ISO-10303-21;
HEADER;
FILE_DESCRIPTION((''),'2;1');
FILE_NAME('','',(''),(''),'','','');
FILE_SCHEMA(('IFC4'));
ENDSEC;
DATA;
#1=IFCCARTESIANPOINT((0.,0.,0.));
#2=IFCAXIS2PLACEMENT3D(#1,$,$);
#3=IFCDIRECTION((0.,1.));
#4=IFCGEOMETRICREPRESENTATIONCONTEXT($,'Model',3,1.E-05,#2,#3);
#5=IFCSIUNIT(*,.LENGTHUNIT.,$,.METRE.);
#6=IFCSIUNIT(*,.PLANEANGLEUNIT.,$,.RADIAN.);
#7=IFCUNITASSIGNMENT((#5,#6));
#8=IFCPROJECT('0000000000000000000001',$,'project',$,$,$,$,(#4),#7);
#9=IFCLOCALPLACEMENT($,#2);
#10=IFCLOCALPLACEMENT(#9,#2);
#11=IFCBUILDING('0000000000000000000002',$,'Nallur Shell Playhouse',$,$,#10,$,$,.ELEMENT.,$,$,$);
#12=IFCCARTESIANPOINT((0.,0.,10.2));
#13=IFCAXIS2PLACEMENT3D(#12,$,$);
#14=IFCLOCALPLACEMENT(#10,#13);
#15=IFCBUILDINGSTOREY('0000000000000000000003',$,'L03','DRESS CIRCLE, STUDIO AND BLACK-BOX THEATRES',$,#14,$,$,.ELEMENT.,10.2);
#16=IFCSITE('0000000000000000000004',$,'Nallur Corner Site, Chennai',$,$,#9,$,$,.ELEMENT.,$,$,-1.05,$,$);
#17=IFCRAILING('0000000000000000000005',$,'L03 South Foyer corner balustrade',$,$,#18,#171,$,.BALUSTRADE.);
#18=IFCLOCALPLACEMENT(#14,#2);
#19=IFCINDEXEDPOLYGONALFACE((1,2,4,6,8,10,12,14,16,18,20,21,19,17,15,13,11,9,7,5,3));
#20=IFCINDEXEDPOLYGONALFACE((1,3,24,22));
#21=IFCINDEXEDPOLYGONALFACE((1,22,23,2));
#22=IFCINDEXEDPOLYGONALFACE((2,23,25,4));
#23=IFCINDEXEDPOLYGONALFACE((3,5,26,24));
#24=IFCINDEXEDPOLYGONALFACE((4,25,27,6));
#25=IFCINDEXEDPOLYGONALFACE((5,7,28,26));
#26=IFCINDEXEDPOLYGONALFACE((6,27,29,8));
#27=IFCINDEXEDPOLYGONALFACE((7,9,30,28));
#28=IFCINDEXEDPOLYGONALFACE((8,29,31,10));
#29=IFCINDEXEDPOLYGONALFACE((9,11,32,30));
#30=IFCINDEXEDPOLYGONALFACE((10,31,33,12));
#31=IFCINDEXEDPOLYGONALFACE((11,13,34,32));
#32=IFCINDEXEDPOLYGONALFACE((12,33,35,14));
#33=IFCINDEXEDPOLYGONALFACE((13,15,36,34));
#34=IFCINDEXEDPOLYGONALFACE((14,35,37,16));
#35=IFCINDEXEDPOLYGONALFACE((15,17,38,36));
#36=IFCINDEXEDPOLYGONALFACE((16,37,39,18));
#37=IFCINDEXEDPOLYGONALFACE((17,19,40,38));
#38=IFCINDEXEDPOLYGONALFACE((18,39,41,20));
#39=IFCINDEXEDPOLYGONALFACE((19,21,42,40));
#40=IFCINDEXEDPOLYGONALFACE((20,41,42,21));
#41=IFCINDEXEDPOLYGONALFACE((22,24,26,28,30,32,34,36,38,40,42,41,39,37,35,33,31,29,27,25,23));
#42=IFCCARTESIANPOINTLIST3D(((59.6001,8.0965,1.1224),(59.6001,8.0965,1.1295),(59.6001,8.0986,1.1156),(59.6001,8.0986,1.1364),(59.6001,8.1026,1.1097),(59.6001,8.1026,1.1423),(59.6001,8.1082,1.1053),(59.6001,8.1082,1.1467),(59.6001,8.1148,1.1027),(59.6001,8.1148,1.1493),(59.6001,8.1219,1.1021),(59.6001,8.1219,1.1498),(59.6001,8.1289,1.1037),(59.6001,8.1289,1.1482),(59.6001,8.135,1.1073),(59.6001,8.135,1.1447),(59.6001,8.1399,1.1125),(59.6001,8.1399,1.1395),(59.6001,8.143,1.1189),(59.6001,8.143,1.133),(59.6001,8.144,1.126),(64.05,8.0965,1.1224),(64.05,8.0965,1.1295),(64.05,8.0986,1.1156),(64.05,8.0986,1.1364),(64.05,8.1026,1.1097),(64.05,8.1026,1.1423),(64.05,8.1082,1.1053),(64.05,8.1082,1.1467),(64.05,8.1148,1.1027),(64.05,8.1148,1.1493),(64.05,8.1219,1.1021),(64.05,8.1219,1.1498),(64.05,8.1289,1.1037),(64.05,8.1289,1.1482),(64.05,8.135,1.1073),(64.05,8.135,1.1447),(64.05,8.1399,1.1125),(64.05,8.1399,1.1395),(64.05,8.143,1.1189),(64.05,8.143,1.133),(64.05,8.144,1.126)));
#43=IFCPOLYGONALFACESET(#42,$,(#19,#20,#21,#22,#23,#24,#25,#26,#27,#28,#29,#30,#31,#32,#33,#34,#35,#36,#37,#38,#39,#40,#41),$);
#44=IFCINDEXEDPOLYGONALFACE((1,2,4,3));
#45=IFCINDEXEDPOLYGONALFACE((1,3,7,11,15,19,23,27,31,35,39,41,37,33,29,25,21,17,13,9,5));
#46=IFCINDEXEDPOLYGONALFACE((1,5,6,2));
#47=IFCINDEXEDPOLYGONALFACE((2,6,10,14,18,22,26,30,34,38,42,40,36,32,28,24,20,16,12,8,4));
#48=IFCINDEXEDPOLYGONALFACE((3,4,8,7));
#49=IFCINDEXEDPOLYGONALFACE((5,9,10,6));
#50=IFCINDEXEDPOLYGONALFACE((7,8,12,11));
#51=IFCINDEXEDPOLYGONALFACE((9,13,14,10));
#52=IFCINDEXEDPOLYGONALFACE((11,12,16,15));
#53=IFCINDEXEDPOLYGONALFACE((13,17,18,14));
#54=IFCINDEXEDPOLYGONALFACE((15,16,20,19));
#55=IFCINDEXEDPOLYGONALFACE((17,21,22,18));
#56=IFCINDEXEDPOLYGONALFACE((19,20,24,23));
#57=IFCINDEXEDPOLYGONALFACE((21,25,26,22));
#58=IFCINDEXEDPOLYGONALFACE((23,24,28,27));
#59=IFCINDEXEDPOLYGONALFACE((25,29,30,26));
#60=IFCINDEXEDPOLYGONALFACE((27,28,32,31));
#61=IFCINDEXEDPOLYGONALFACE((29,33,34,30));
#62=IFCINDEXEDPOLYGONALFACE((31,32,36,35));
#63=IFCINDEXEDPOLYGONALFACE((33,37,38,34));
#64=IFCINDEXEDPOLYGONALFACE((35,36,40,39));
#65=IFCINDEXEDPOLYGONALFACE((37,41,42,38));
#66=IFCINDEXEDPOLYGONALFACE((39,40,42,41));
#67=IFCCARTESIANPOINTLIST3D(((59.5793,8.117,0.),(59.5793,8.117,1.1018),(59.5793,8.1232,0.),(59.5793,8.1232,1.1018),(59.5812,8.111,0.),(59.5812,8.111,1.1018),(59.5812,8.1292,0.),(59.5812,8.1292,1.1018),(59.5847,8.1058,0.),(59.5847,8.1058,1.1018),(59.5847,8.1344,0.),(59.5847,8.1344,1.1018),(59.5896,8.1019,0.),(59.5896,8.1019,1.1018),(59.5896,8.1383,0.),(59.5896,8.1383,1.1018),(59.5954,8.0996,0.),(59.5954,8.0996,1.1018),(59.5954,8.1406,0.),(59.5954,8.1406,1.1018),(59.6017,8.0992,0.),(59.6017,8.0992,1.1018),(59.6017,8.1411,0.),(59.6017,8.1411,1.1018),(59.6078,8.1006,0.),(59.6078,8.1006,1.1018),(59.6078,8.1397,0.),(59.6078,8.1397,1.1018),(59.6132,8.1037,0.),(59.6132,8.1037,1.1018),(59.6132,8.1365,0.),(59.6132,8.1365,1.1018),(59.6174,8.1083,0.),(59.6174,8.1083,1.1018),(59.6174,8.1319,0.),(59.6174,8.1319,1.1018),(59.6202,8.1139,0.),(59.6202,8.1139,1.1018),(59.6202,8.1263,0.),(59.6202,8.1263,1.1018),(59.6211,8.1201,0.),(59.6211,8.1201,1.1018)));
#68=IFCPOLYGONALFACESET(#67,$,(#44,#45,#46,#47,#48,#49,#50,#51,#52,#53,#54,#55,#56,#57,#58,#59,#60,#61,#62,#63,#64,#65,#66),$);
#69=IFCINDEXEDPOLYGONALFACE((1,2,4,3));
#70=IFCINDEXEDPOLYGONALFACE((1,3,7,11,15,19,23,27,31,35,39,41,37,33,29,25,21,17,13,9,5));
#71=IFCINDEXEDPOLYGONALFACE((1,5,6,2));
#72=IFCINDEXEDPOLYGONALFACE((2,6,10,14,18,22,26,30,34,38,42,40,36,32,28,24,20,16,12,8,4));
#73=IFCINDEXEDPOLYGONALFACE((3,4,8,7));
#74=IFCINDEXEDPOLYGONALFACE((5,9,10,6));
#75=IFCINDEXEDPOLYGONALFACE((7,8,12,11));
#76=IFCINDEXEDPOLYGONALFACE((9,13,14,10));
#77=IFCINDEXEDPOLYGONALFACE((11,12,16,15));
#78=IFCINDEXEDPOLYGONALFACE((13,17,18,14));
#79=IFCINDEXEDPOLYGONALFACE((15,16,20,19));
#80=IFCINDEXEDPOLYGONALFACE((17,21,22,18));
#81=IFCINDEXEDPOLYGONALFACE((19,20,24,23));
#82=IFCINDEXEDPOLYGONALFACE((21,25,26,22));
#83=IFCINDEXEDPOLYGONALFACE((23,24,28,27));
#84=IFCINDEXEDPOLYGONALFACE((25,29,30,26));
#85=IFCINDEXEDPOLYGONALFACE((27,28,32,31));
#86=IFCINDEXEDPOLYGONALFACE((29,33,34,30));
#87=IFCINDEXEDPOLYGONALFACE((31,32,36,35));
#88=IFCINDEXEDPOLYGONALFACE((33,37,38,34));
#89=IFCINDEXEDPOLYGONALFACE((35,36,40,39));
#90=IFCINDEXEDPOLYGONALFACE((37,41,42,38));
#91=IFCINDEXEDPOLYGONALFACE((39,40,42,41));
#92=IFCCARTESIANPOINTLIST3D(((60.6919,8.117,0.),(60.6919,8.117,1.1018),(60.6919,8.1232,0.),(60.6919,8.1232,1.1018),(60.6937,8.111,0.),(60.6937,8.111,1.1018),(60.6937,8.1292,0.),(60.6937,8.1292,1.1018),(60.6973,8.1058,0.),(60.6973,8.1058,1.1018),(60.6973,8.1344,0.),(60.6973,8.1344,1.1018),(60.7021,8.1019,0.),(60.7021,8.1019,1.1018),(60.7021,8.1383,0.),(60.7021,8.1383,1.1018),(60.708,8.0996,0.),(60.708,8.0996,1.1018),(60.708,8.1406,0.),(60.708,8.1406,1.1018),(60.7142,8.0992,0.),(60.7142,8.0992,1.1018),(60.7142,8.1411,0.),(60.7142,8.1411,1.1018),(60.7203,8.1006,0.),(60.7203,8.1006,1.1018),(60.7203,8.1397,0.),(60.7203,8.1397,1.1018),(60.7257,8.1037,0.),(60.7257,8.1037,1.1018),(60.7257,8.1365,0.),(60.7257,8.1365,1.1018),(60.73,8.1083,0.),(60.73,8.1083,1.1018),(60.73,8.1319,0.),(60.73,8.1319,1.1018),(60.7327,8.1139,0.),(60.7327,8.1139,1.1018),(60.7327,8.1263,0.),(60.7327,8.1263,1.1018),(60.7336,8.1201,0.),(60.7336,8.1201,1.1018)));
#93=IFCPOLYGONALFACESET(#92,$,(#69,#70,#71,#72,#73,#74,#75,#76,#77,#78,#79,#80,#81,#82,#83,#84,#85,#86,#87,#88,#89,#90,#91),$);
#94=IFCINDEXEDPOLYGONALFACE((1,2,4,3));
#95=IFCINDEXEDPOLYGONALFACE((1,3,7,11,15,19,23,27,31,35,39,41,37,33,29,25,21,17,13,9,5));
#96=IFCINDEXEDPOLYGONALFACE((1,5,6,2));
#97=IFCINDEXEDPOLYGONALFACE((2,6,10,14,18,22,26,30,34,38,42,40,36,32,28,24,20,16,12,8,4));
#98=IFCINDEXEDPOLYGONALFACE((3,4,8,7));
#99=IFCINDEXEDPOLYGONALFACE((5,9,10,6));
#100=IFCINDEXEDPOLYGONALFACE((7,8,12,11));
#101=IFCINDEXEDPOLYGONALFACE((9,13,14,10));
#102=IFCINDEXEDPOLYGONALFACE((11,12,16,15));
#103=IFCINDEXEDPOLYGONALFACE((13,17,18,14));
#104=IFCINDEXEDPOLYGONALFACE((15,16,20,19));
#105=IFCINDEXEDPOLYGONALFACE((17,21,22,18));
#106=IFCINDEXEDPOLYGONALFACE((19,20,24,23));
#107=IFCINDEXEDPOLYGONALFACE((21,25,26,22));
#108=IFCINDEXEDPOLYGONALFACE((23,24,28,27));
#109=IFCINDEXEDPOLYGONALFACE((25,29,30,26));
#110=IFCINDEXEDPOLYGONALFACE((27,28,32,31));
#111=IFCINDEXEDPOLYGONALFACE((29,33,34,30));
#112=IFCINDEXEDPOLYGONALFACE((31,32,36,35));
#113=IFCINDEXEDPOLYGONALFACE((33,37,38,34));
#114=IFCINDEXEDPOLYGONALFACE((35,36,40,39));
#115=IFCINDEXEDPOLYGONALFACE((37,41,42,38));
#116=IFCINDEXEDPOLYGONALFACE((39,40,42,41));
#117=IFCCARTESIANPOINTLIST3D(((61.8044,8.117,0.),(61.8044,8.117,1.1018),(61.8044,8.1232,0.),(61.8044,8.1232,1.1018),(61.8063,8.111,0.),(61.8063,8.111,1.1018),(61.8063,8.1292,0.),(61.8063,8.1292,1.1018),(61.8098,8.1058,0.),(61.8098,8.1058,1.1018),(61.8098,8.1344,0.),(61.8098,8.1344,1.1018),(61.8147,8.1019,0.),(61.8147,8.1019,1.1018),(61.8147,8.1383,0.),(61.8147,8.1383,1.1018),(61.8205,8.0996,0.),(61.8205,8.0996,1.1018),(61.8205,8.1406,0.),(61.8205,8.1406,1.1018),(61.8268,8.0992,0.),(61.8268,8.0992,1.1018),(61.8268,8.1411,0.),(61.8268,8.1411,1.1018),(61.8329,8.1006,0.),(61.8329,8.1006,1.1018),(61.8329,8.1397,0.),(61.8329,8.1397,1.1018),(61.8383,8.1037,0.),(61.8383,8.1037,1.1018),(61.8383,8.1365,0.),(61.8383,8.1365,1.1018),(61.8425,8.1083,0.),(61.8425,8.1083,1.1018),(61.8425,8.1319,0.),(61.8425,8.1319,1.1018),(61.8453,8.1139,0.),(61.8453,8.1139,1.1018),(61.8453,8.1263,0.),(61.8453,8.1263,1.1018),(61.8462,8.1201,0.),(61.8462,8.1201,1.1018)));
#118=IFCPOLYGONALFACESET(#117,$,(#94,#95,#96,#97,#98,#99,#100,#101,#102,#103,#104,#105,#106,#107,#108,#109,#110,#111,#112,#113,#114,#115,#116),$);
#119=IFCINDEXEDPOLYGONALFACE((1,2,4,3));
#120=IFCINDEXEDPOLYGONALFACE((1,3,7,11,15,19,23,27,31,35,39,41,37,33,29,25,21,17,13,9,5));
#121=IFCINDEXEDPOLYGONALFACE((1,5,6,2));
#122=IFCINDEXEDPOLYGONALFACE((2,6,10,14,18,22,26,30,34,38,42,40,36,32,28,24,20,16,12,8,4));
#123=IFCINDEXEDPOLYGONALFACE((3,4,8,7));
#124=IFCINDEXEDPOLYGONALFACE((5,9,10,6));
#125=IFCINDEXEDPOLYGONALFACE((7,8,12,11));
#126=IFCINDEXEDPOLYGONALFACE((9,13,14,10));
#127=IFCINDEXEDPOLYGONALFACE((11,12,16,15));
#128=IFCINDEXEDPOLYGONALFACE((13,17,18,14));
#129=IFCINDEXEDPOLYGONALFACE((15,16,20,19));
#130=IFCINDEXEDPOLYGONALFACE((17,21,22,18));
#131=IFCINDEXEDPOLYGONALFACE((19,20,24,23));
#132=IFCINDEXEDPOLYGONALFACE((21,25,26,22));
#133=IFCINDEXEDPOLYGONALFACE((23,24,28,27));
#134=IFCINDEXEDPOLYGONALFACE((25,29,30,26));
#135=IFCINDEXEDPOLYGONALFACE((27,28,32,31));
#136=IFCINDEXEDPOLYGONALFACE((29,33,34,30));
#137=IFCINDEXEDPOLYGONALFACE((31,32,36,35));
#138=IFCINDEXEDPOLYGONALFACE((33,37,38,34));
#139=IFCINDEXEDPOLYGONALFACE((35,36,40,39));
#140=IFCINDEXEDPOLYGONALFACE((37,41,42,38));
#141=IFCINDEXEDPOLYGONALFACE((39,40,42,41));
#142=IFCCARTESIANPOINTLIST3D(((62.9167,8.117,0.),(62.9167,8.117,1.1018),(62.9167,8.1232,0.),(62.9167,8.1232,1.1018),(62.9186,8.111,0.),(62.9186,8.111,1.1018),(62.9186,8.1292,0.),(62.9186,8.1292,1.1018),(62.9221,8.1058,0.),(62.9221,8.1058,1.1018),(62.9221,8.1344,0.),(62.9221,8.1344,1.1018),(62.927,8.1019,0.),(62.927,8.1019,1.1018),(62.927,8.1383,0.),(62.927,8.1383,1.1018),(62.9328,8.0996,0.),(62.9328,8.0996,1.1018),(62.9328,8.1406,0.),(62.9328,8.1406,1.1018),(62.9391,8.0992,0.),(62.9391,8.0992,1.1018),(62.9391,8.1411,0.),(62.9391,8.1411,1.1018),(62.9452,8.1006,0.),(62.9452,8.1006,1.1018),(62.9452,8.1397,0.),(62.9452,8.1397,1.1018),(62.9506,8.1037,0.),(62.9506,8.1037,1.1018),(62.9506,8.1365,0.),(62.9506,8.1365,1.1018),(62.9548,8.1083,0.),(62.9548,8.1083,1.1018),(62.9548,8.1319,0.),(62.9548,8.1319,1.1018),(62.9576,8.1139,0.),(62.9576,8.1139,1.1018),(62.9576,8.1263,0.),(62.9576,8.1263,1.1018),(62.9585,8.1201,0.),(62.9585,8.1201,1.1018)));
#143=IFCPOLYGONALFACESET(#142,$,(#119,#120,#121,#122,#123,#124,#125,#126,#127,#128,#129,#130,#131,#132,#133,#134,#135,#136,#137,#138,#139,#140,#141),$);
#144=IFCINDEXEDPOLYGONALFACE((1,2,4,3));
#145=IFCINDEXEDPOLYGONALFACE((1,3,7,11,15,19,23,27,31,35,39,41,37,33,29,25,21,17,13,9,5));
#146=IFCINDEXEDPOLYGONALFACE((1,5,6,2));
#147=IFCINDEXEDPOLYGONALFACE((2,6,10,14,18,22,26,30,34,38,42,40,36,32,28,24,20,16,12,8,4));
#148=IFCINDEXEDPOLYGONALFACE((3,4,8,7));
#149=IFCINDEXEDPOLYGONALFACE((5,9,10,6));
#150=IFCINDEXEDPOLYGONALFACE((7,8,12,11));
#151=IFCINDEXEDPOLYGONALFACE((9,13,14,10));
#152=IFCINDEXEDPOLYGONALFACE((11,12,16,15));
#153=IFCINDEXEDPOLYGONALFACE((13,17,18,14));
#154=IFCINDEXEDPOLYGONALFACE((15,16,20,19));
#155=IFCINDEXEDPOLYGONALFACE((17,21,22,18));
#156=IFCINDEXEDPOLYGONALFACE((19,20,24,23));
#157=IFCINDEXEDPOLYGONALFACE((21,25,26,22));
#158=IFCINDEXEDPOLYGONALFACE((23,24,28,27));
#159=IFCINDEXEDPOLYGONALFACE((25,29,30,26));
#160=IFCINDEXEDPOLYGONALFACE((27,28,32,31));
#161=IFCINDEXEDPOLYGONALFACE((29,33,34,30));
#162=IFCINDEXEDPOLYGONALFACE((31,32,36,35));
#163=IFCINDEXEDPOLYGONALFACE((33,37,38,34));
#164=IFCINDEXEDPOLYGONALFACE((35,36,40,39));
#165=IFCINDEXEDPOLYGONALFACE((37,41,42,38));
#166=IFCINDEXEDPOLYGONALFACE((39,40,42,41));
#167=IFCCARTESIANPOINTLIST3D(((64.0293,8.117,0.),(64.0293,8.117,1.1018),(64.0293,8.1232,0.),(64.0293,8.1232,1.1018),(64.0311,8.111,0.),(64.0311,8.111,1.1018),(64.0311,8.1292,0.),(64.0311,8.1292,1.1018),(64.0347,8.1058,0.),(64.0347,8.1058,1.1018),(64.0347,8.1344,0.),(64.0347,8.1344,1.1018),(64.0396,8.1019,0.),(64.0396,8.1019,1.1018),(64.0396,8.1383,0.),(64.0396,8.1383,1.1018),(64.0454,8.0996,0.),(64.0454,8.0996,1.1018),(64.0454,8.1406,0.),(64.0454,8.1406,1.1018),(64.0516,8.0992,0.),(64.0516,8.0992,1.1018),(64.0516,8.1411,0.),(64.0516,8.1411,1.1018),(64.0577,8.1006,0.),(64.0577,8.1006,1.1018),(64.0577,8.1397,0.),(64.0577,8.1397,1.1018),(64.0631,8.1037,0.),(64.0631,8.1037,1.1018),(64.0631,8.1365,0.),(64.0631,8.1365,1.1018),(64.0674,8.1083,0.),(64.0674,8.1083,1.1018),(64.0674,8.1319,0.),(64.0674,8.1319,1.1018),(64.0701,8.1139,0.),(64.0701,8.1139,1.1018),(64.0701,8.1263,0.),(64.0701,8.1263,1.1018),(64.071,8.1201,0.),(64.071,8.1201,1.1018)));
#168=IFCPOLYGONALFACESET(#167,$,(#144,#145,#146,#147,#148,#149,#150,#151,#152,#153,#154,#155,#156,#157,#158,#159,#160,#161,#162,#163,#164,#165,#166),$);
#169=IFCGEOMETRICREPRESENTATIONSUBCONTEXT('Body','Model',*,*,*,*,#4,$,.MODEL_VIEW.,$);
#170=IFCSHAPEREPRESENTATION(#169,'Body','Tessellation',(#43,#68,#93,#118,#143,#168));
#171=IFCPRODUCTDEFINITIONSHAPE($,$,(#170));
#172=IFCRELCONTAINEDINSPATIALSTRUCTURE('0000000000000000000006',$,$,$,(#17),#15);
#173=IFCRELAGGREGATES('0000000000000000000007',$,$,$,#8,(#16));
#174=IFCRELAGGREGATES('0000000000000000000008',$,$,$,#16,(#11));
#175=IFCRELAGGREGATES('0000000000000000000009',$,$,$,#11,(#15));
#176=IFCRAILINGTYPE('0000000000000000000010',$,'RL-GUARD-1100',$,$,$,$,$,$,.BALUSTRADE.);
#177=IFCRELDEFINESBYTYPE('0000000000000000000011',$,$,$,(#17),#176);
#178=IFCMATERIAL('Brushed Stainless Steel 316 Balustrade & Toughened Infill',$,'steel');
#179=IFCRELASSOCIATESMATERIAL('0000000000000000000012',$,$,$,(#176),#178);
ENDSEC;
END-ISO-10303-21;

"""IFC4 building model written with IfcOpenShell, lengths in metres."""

from ifc_helpers import new_model, si_unit, direction, frame, origin, origin_2d, place, context, subcontext, project, spatial, circle, extrude, material, type_object, element, save


model = new_model("IFC4")

# Units and contexts
model_context = context("Model", 3, precision=1e-05, world=origin(), true_north=direction((0.0, 1.0)))
body_context = subcontext(model_context, "Body", "Model", "MODEL_VIEW")
ifc_project = project(units=[si_unit("LENGTHUNIT", "METRE"), si_unit("PLANEANGLEUNIT", "RADIAN")], contexts=[model_context])

# Site, building, storey
site_placement = place(None, origin())
site = spatial("IfcSite", under=ifc_project, at=site_placement, Name="Nallur Corner Site, Chennai", CompositionType="ELEMENT", RefElevation=-1.05)
building_placement = place(site_placement, origin())
building = spatial("IfcBuilding", under=site, at=building_placement, Name="Nallur Shell Playhouse", CompositionType="ELEMENT")
storey_placement = place(building_placement, frame((0.0, 0.0, 10.2)))
storey = spatial("IfcBuildingStorey", under=building, at=storey_placement, Name="L03", Description="DRESS CIRCLE, STUDIO AND BLACK-BOX THEATRES", CompositionType="ELEMENT", Elevation=10.2)

# Railing
ifc_material_1 = material(Name="Brushed Stainless Steel 316 Balustrade & Toughened Infill", Category="steel")
railing_type = type_object("IfcRailingType", Name="RL-GUARD-1100", PredefinedType="BALUSTRADE", material=ifc_material_1)
railing_placement = place(storey_placement, frame((59.6001, 8.1201, 0.0)))
element("IfcRailing", 1, at=railing_placement, inside=storey, type_object=railing_type, Name="L03 South Foyer corner balustrade", PredefinedType="BALUSTRADE", context=body_context, shape_type="SweptSolid", body=[
    extrude(circle(Radius=0.0239, at=origin_2d()), frame((0.0, 0.0, 1.126), z_axis=(1.0, 0.0, 0.0), x_axis=(0.0, 1.0, 0.0)), (0.0, 0.0, 1.0), 4.45),
    extrude(circle(Radius=0.021, at=origin_2d()), origin(), (0.0, 0.0, 1.0), 1.1018),
    extrude(circle(Radius=0.021, at=origin_2d()), frame((1.1125, 0.0, 0.0)), (0.0, 0.0, 1.0), 1.1018),
    extrude(circle(Radius=0.021, at=origin_2d()), frame((2.2251, 0.0, 0.0)), (0.0, 0.0, 1.0), 1.1018),
    extrude(circle(Radius=0.021, at=origin_2d()), frame((3.3374, 0.0, 0.0)), (0.0, 0.0, 1.0), 1.1018),
    extrude(circle(Radius=0.021, at=origin_2d()), frame((4.45, 0.0, 0.0)), (0.0, 0.0, 1.0), 1.1018),
])

save(model, "model.ifc")
